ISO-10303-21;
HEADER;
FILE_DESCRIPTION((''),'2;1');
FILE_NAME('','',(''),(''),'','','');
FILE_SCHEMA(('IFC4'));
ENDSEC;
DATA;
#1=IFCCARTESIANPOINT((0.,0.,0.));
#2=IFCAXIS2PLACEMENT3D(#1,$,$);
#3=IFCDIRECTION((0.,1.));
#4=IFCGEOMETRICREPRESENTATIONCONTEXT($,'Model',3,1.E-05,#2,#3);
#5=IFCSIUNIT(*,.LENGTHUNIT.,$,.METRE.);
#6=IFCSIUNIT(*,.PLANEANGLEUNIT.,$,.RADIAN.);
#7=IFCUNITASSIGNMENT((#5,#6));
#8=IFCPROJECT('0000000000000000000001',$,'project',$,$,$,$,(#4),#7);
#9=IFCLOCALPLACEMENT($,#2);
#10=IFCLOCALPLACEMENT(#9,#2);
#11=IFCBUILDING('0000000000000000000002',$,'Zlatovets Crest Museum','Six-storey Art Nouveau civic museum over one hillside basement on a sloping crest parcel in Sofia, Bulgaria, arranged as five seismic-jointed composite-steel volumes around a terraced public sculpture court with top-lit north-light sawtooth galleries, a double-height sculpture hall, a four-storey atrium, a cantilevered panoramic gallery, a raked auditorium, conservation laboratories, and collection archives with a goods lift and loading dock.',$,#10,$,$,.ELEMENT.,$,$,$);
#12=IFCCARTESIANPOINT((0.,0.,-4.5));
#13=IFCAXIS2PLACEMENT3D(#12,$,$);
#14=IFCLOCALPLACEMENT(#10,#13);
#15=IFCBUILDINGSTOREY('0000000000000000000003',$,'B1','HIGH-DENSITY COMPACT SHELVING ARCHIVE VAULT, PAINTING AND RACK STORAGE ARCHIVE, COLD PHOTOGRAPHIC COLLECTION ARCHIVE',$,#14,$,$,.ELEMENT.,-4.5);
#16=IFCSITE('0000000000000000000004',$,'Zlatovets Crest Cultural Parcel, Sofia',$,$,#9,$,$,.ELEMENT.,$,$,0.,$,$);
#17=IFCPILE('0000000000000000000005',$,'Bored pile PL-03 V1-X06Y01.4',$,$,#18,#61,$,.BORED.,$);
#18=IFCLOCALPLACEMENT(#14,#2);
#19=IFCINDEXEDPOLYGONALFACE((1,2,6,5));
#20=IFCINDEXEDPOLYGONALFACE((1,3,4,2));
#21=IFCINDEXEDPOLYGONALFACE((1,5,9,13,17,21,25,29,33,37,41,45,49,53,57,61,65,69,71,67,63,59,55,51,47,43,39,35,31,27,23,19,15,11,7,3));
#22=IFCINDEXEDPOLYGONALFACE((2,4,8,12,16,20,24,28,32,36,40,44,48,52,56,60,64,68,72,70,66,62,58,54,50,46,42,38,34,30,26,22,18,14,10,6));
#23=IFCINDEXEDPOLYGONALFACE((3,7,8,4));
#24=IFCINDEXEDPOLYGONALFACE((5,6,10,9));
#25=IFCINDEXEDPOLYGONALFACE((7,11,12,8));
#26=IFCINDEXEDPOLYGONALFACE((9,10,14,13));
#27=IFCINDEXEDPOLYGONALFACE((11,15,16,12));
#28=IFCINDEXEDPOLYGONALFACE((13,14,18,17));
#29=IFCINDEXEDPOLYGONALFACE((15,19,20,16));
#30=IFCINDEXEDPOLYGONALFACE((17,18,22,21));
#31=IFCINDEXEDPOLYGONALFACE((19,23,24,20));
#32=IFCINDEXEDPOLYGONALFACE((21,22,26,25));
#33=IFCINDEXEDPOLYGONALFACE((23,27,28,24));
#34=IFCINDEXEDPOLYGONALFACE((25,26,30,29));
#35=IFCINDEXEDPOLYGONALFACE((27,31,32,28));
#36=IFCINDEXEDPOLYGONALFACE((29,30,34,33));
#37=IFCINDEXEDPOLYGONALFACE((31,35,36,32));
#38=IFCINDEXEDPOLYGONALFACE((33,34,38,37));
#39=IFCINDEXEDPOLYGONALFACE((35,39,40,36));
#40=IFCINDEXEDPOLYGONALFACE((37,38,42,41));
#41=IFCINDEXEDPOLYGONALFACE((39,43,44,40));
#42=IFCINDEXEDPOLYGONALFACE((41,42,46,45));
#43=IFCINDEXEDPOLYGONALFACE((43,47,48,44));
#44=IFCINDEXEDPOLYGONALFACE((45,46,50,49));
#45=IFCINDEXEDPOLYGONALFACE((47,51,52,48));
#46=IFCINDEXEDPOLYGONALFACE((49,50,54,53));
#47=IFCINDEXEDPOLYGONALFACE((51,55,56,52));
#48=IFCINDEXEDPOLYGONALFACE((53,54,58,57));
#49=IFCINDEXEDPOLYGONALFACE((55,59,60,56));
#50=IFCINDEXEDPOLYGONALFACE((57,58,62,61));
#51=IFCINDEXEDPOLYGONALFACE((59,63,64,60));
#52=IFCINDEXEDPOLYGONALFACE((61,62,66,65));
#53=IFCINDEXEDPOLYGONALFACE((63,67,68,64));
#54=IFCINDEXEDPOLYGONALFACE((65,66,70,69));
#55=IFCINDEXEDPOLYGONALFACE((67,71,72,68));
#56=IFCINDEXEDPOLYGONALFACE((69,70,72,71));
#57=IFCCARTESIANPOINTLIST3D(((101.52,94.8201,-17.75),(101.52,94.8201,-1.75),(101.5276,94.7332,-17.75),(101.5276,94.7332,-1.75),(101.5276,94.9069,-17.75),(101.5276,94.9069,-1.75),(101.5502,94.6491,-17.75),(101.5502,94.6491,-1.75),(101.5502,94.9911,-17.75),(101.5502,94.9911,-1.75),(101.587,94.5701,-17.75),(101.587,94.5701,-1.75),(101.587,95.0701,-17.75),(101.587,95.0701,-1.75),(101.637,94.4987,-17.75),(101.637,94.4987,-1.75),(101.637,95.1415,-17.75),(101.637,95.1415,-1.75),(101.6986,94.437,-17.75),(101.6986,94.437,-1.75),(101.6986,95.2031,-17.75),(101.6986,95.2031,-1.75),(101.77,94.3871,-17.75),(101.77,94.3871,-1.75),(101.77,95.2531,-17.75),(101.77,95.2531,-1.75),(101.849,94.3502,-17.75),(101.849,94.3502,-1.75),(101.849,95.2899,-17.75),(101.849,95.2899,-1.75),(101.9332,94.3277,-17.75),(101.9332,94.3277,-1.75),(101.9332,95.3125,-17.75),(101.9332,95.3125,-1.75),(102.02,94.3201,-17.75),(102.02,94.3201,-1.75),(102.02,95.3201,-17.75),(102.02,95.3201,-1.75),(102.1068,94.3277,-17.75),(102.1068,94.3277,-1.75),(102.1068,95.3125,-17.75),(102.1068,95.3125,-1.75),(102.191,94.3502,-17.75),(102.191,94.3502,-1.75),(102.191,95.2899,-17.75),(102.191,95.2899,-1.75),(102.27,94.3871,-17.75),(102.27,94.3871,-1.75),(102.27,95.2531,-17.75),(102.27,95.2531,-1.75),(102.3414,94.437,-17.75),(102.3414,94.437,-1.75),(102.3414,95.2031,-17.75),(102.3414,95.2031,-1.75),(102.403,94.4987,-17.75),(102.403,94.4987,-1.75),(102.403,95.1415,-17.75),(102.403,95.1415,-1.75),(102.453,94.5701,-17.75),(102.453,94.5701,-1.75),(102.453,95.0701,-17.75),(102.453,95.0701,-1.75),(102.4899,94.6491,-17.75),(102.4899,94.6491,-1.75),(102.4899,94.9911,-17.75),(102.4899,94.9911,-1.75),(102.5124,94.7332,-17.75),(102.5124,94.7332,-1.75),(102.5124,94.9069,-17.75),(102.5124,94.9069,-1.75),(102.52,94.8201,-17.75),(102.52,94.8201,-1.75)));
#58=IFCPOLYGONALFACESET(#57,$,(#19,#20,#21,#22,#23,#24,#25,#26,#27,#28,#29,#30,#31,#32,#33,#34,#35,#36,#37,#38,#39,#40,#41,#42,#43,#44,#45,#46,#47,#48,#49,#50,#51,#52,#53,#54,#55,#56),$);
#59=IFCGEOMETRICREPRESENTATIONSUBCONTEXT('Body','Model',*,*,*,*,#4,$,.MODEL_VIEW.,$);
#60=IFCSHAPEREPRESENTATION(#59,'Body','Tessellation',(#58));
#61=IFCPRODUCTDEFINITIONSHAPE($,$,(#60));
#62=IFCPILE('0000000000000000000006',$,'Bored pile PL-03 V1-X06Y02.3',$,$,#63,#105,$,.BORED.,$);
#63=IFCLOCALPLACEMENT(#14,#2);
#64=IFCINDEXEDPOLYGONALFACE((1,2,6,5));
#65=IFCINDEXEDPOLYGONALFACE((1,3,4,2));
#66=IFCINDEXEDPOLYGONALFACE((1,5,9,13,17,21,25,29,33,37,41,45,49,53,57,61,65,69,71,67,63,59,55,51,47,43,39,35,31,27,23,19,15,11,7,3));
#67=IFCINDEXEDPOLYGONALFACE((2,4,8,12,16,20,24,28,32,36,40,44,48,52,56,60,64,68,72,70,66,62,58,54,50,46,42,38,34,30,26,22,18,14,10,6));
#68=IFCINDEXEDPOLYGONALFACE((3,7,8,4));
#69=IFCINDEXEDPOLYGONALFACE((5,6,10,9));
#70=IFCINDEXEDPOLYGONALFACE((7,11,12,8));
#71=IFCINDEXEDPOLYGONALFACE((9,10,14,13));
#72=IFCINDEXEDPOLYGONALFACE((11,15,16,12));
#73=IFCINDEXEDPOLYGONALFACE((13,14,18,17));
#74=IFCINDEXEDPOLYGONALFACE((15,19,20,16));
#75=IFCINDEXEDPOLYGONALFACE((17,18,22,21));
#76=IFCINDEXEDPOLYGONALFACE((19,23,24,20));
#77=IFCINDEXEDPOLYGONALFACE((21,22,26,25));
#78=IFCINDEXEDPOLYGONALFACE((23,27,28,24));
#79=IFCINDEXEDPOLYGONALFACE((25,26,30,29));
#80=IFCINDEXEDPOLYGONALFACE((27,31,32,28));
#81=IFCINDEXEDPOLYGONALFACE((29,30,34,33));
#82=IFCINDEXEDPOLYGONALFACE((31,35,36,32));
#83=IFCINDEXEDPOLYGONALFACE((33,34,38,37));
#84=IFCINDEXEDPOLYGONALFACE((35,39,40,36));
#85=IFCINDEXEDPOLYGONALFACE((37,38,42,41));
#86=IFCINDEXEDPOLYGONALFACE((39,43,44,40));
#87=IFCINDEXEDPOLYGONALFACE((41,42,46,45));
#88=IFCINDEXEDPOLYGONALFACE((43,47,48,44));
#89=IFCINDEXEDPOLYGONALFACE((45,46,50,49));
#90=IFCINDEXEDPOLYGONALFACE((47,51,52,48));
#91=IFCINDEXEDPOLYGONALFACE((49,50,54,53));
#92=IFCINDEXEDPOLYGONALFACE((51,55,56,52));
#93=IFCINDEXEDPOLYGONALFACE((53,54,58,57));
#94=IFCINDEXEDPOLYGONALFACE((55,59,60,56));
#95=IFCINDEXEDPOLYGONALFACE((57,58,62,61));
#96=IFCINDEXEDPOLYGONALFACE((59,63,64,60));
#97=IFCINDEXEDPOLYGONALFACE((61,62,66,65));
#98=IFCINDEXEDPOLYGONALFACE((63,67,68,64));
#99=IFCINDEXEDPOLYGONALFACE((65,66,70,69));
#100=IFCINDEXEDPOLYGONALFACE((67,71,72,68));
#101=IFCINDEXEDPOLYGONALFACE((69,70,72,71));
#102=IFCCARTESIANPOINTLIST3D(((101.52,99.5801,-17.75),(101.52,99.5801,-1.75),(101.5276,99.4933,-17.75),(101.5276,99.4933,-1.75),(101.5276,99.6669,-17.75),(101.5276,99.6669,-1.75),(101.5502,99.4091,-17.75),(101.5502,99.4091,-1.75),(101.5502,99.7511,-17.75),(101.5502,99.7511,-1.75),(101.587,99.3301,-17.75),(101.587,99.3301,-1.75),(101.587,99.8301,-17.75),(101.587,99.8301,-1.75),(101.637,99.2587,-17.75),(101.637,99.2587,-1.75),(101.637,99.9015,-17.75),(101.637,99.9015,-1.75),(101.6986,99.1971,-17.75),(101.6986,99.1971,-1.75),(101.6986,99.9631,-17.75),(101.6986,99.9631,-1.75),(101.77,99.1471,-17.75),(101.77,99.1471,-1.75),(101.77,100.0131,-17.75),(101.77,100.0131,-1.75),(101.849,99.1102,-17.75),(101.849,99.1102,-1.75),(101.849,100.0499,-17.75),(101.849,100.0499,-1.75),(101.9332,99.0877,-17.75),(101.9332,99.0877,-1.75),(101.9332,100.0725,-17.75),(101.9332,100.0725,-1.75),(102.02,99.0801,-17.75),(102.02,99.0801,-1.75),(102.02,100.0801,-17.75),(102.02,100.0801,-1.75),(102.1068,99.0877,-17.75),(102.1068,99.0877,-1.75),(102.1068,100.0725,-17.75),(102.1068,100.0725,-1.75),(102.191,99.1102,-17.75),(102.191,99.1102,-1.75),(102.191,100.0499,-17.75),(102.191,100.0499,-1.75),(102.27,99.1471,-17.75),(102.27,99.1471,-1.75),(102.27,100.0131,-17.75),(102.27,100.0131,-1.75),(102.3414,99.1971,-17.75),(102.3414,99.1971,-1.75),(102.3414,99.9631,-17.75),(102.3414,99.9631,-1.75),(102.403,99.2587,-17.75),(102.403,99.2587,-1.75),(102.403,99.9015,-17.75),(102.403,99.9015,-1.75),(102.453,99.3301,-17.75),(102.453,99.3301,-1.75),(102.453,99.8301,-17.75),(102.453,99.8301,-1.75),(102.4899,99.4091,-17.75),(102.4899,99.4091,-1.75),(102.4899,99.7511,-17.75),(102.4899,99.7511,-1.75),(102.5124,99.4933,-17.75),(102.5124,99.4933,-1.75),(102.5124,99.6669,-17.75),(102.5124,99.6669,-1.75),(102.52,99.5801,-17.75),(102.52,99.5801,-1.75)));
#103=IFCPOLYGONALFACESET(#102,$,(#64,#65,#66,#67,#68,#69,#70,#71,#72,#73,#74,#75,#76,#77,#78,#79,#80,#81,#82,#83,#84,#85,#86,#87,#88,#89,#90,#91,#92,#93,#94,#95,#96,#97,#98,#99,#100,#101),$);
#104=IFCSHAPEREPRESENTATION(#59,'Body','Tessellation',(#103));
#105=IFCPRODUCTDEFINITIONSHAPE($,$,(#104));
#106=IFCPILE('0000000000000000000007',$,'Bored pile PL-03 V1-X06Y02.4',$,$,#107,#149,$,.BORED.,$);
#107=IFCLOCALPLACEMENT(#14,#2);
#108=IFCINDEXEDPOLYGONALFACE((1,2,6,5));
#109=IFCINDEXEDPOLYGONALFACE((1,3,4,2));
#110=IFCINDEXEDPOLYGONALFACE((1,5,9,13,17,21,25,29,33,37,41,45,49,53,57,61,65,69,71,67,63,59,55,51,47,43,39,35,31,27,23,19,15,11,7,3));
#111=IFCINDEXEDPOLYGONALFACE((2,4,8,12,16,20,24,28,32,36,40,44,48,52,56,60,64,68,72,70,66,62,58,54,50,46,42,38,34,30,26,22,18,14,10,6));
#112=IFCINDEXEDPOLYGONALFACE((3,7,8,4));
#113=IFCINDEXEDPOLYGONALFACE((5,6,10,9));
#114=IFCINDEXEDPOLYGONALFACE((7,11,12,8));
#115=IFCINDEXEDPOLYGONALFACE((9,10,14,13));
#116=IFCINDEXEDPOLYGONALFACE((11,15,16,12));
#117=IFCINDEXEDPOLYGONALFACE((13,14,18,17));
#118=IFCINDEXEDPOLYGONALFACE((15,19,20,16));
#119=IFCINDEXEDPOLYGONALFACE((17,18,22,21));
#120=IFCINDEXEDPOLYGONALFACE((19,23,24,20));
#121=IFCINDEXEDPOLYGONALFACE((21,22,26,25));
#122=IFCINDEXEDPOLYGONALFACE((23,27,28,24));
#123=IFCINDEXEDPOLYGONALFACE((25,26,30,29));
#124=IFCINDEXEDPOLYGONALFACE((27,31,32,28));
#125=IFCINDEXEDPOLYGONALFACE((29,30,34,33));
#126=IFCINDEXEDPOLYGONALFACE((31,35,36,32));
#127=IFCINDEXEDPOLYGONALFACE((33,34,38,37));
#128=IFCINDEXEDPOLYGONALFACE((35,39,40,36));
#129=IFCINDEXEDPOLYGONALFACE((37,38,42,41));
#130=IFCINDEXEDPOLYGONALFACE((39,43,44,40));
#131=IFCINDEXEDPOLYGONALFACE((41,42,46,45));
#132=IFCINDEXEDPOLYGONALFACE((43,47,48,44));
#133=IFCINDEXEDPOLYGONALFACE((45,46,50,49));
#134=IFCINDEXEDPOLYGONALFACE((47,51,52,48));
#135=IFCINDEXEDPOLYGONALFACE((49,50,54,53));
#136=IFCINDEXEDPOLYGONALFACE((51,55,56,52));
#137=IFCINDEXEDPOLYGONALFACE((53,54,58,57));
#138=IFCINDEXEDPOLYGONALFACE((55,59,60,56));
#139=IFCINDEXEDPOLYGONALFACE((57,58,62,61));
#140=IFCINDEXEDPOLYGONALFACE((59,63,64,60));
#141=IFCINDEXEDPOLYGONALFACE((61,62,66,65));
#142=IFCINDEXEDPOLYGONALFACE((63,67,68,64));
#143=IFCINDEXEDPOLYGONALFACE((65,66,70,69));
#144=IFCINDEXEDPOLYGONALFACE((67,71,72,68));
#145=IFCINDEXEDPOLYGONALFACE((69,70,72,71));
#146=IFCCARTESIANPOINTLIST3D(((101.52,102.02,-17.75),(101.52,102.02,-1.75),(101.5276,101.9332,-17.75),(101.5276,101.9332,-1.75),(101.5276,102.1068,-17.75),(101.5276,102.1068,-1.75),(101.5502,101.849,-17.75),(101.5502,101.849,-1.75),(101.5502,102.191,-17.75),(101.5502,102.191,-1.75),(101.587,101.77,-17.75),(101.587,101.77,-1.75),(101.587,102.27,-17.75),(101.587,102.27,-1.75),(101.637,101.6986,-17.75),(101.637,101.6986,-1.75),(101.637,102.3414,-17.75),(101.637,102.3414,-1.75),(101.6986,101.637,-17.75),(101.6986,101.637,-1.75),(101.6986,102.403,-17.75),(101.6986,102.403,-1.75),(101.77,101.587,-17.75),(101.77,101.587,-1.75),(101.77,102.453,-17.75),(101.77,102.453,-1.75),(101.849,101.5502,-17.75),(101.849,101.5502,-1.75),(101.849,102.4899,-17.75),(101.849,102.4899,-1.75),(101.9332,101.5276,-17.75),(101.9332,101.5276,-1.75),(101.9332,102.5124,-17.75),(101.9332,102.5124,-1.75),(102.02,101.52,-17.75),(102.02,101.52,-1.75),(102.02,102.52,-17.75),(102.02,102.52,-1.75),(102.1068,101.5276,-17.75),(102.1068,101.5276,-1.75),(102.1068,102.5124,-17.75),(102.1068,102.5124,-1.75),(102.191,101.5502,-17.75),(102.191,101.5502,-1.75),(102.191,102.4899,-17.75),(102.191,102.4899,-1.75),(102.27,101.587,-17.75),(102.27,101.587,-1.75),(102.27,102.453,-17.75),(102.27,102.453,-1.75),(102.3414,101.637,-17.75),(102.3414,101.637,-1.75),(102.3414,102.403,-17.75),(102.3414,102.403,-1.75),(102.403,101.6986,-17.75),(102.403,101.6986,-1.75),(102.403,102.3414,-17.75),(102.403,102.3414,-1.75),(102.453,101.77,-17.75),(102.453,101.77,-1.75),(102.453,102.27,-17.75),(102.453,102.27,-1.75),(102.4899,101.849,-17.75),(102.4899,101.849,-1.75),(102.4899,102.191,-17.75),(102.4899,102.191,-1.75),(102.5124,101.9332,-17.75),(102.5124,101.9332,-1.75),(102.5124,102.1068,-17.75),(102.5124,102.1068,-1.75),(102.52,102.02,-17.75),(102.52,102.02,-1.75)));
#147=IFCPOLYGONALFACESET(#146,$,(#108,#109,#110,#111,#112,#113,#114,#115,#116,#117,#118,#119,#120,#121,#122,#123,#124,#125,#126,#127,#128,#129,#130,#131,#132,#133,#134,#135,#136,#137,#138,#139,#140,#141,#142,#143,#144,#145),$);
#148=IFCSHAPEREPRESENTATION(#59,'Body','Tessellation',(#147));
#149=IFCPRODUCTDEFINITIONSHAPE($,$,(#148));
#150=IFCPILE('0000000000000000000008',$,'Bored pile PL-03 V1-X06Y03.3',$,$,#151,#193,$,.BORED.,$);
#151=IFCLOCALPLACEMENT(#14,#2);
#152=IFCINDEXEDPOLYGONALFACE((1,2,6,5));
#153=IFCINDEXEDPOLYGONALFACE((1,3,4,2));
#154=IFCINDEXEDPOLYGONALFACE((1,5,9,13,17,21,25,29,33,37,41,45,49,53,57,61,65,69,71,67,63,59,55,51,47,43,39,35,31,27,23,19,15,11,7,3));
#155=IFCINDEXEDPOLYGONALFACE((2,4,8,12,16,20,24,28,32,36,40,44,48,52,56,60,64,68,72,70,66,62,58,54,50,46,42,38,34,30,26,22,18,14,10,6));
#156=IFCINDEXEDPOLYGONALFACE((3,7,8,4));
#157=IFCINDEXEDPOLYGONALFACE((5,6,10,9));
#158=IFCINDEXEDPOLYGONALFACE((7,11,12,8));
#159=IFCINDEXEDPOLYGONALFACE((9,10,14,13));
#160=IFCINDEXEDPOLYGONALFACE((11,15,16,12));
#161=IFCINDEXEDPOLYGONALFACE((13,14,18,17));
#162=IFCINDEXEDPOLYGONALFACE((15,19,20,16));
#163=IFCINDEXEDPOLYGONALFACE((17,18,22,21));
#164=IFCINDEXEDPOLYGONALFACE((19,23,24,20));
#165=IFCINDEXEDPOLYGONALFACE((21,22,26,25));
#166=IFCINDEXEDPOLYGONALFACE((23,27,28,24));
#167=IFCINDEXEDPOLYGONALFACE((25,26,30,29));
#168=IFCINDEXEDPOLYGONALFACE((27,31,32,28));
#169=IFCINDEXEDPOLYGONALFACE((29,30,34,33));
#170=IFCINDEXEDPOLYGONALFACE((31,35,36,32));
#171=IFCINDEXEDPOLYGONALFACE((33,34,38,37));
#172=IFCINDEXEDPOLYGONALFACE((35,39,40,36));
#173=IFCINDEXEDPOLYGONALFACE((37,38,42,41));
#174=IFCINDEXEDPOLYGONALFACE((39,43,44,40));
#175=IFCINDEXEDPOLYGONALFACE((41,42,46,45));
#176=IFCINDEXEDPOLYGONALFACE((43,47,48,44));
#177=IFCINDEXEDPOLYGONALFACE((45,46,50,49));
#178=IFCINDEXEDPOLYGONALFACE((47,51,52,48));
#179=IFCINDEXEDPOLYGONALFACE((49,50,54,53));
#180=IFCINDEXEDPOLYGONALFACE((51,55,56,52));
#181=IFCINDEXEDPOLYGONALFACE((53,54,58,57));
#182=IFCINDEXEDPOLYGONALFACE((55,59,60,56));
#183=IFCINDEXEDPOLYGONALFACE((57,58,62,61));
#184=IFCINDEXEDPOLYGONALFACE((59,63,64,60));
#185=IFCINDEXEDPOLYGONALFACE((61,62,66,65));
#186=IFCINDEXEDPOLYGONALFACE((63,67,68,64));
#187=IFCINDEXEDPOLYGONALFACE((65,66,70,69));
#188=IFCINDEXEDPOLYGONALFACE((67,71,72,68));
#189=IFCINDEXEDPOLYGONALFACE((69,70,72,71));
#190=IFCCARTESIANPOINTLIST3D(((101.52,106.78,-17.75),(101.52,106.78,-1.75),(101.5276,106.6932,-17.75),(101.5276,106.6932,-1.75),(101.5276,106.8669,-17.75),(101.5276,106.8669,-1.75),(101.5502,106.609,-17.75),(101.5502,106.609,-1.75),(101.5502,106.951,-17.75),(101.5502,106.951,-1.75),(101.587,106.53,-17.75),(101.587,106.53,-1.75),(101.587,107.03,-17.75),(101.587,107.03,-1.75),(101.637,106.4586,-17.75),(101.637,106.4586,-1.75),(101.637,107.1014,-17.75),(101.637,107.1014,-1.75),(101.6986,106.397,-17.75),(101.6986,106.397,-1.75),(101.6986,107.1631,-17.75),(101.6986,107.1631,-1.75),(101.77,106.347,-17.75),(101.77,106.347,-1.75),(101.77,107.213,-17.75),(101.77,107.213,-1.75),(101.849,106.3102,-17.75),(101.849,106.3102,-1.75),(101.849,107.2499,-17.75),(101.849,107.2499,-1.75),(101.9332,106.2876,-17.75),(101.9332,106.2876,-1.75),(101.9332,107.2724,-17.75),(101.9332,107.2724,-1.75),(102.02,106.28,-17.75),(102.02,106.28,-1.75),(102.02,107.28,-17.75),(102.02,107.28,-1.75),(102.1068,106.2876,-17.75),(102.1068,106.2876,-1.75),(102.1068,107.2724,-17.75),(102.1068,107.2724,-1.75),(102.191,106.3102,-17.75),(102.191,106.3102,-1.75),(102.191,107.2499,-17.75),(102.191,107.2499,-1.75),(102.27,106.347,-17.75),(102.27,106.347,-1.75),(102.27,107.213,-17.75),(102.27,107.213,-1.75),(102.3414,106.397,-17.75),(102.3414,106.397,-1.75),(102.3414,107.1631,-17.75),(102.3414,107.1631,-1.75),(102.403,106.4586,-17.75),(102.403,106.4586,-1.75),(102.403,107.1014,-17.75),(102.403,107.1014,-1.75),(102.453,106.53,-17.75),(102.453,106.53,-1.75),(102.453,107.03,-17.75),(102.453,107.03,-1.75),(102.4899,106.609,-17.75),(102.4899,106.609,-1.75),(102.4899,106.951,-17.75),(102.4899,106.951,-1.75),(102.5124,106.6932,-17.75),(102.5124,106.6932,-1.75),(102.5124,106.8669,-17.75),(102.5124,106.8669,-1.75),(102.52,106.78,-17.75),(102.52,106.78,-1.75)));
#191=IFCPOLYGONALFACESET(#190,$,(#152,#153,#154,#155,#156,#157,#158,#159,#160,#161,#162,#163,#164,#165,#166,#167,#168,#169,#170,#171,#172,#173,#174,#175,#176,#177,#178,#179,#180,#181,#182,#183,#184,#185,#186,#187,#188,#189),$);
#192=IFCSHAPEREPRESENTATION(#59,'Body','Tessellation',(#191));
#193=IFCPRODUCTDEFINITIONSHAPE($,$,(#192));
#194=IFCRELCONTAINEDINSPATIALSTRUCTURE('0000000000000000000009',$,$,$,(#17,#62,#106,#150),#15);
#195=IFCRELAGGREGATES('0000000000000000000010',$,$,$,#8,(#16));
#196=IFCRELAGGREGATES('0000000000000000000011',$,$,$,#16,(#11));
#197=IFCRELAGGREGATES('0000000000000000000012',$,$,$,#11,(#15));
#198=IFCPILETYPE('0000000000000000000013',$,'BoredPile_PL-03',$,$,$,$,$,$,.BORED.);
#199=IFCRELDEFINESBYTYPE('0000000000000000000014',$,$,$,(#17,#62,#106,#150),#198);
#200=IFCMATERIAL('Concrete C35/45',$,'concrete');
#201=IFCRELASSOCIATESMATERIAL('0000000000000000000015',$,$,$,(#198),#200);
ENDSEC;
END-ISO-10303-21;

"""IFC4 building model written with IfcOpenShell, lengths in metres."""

from ifc_helpers import new_model, si_unit, direction, frame, origin, origin_2d, place, context, subcontext, project, spatial, circle, extrude, material, material_profile, profile_set, type_object, element, save


model = new_model("IFC4")

# Units and contexts
model_context = context("Model", 3, precision=1e-05, world=origin(), true_north=direction((0.0, 1.0)))
body_context = subcontext(model_context, "Body", "Model", "MODEL_VIEW")
ifc_project = project(units=[si_unit("LENGTHUNIT", "METRE"), si_unit("PLANEANGLEUNIT", "RADIAN")], contexts=[model_context])

# Site, building, storey
site_placement = place(None, origin())
site = spatial("IfcSite", under=ifc_project, at=site_placement, Name="Zlatovets Crest Cultural Parcel, Sofia", CompositionType="ELEMENT", RefElevation=0.0)
building_placement = place(site_placement, origin())
building = spatial("IfcBuilding", under=site, at=building_placement, Name="Zlatovets Crest Museum", Description="Six-storey Art Nouveau civic museum over one hillside basement on a sloping crest parcel in Sofia, Bulgaria, arranged as five seismic-jointed composite-steel volumes around a terraced public sculpture court with top-lit north-light sawtooth galleries, a double-height sculpture hall, a four-storey atrium, a cantilevered panoramic gallery, a raked auditorium, conservation laboratories, and collection archives with a goods lift and loading dock.", CompositionType="ELEMENT")
storey_placement = place(building_placement, frame((0.0, 0.0, -4.5)))
storey = spatial("IfcBuildingStorey", under=building, at=storey_placement, Name="B1", Description="HIGH-DENSITY COMPACT SHELVING ARCHIVE VAULT, PAINTING AND RACK STORAGE ARCHIVE, COLD PHOTOGRAPHIC COLLECTION ARCHIVE", CompositionType="ELEMENT", Elevation=-4.5)

# Piles
ifc_material_1 = material(Name="Concrete C35/45", Category="concrete")
ifc_material_profile_1 = material_profile(ifc_material_1, circle(Radius=0.5, at=origin_2d()), Name="PILE D1000")
ifc_profile_set_1 = profile_set([ifc_material_profile_1], Name="Concrete C35/45")
pile_type = type_object("IfcPileType", Name="BoredPile_PL-03", PredefinedType="BORED", material=ifc_profile_set_1)
for number, where, z_axis, x_axis, name in (
    (1, (102.02, 94.8201, -1.75), (0.0, 0.0, -1.0), (1.0, 0.0, 0.0), "Bored pile PL-03 V1-X06Y01.4"),
    (2, (102.02, 99.5801, -1.75), (0.0, 0.0, -1.0), (1.0, 0.0, 0.0), "Bored pile PL-03 V1-X06Y02.3"),
    (3, (102.02, 102.02, -1.75), (0.0, 0.0, -1.0), (1.0, 0.0, 0.0), "Bored pile PL-03 V1-X06Y02.4"),
    (4, (102.02, 106.78, -1.75), (0.0, 0.0, -1.0), (1.0, 0.0, 0.0), "Bored pile PL-03 V1-X06Y03.3"),
):
    element("IfcPile", number, at=place(storey_placement, frame(where, z_axis=z_axis, x_axis=x_axis)), inside=storey, type_object=pile_type, Name=name, PredefinedType="BORED", context=body_context, shape_type="SweptSolid", body=[
        extrude(circle(Radius=0.5, at=origin_2d()), origin(), (0.0, 0.0, 1.0), 16.0),
    ])

save(model, "model.ifc")
